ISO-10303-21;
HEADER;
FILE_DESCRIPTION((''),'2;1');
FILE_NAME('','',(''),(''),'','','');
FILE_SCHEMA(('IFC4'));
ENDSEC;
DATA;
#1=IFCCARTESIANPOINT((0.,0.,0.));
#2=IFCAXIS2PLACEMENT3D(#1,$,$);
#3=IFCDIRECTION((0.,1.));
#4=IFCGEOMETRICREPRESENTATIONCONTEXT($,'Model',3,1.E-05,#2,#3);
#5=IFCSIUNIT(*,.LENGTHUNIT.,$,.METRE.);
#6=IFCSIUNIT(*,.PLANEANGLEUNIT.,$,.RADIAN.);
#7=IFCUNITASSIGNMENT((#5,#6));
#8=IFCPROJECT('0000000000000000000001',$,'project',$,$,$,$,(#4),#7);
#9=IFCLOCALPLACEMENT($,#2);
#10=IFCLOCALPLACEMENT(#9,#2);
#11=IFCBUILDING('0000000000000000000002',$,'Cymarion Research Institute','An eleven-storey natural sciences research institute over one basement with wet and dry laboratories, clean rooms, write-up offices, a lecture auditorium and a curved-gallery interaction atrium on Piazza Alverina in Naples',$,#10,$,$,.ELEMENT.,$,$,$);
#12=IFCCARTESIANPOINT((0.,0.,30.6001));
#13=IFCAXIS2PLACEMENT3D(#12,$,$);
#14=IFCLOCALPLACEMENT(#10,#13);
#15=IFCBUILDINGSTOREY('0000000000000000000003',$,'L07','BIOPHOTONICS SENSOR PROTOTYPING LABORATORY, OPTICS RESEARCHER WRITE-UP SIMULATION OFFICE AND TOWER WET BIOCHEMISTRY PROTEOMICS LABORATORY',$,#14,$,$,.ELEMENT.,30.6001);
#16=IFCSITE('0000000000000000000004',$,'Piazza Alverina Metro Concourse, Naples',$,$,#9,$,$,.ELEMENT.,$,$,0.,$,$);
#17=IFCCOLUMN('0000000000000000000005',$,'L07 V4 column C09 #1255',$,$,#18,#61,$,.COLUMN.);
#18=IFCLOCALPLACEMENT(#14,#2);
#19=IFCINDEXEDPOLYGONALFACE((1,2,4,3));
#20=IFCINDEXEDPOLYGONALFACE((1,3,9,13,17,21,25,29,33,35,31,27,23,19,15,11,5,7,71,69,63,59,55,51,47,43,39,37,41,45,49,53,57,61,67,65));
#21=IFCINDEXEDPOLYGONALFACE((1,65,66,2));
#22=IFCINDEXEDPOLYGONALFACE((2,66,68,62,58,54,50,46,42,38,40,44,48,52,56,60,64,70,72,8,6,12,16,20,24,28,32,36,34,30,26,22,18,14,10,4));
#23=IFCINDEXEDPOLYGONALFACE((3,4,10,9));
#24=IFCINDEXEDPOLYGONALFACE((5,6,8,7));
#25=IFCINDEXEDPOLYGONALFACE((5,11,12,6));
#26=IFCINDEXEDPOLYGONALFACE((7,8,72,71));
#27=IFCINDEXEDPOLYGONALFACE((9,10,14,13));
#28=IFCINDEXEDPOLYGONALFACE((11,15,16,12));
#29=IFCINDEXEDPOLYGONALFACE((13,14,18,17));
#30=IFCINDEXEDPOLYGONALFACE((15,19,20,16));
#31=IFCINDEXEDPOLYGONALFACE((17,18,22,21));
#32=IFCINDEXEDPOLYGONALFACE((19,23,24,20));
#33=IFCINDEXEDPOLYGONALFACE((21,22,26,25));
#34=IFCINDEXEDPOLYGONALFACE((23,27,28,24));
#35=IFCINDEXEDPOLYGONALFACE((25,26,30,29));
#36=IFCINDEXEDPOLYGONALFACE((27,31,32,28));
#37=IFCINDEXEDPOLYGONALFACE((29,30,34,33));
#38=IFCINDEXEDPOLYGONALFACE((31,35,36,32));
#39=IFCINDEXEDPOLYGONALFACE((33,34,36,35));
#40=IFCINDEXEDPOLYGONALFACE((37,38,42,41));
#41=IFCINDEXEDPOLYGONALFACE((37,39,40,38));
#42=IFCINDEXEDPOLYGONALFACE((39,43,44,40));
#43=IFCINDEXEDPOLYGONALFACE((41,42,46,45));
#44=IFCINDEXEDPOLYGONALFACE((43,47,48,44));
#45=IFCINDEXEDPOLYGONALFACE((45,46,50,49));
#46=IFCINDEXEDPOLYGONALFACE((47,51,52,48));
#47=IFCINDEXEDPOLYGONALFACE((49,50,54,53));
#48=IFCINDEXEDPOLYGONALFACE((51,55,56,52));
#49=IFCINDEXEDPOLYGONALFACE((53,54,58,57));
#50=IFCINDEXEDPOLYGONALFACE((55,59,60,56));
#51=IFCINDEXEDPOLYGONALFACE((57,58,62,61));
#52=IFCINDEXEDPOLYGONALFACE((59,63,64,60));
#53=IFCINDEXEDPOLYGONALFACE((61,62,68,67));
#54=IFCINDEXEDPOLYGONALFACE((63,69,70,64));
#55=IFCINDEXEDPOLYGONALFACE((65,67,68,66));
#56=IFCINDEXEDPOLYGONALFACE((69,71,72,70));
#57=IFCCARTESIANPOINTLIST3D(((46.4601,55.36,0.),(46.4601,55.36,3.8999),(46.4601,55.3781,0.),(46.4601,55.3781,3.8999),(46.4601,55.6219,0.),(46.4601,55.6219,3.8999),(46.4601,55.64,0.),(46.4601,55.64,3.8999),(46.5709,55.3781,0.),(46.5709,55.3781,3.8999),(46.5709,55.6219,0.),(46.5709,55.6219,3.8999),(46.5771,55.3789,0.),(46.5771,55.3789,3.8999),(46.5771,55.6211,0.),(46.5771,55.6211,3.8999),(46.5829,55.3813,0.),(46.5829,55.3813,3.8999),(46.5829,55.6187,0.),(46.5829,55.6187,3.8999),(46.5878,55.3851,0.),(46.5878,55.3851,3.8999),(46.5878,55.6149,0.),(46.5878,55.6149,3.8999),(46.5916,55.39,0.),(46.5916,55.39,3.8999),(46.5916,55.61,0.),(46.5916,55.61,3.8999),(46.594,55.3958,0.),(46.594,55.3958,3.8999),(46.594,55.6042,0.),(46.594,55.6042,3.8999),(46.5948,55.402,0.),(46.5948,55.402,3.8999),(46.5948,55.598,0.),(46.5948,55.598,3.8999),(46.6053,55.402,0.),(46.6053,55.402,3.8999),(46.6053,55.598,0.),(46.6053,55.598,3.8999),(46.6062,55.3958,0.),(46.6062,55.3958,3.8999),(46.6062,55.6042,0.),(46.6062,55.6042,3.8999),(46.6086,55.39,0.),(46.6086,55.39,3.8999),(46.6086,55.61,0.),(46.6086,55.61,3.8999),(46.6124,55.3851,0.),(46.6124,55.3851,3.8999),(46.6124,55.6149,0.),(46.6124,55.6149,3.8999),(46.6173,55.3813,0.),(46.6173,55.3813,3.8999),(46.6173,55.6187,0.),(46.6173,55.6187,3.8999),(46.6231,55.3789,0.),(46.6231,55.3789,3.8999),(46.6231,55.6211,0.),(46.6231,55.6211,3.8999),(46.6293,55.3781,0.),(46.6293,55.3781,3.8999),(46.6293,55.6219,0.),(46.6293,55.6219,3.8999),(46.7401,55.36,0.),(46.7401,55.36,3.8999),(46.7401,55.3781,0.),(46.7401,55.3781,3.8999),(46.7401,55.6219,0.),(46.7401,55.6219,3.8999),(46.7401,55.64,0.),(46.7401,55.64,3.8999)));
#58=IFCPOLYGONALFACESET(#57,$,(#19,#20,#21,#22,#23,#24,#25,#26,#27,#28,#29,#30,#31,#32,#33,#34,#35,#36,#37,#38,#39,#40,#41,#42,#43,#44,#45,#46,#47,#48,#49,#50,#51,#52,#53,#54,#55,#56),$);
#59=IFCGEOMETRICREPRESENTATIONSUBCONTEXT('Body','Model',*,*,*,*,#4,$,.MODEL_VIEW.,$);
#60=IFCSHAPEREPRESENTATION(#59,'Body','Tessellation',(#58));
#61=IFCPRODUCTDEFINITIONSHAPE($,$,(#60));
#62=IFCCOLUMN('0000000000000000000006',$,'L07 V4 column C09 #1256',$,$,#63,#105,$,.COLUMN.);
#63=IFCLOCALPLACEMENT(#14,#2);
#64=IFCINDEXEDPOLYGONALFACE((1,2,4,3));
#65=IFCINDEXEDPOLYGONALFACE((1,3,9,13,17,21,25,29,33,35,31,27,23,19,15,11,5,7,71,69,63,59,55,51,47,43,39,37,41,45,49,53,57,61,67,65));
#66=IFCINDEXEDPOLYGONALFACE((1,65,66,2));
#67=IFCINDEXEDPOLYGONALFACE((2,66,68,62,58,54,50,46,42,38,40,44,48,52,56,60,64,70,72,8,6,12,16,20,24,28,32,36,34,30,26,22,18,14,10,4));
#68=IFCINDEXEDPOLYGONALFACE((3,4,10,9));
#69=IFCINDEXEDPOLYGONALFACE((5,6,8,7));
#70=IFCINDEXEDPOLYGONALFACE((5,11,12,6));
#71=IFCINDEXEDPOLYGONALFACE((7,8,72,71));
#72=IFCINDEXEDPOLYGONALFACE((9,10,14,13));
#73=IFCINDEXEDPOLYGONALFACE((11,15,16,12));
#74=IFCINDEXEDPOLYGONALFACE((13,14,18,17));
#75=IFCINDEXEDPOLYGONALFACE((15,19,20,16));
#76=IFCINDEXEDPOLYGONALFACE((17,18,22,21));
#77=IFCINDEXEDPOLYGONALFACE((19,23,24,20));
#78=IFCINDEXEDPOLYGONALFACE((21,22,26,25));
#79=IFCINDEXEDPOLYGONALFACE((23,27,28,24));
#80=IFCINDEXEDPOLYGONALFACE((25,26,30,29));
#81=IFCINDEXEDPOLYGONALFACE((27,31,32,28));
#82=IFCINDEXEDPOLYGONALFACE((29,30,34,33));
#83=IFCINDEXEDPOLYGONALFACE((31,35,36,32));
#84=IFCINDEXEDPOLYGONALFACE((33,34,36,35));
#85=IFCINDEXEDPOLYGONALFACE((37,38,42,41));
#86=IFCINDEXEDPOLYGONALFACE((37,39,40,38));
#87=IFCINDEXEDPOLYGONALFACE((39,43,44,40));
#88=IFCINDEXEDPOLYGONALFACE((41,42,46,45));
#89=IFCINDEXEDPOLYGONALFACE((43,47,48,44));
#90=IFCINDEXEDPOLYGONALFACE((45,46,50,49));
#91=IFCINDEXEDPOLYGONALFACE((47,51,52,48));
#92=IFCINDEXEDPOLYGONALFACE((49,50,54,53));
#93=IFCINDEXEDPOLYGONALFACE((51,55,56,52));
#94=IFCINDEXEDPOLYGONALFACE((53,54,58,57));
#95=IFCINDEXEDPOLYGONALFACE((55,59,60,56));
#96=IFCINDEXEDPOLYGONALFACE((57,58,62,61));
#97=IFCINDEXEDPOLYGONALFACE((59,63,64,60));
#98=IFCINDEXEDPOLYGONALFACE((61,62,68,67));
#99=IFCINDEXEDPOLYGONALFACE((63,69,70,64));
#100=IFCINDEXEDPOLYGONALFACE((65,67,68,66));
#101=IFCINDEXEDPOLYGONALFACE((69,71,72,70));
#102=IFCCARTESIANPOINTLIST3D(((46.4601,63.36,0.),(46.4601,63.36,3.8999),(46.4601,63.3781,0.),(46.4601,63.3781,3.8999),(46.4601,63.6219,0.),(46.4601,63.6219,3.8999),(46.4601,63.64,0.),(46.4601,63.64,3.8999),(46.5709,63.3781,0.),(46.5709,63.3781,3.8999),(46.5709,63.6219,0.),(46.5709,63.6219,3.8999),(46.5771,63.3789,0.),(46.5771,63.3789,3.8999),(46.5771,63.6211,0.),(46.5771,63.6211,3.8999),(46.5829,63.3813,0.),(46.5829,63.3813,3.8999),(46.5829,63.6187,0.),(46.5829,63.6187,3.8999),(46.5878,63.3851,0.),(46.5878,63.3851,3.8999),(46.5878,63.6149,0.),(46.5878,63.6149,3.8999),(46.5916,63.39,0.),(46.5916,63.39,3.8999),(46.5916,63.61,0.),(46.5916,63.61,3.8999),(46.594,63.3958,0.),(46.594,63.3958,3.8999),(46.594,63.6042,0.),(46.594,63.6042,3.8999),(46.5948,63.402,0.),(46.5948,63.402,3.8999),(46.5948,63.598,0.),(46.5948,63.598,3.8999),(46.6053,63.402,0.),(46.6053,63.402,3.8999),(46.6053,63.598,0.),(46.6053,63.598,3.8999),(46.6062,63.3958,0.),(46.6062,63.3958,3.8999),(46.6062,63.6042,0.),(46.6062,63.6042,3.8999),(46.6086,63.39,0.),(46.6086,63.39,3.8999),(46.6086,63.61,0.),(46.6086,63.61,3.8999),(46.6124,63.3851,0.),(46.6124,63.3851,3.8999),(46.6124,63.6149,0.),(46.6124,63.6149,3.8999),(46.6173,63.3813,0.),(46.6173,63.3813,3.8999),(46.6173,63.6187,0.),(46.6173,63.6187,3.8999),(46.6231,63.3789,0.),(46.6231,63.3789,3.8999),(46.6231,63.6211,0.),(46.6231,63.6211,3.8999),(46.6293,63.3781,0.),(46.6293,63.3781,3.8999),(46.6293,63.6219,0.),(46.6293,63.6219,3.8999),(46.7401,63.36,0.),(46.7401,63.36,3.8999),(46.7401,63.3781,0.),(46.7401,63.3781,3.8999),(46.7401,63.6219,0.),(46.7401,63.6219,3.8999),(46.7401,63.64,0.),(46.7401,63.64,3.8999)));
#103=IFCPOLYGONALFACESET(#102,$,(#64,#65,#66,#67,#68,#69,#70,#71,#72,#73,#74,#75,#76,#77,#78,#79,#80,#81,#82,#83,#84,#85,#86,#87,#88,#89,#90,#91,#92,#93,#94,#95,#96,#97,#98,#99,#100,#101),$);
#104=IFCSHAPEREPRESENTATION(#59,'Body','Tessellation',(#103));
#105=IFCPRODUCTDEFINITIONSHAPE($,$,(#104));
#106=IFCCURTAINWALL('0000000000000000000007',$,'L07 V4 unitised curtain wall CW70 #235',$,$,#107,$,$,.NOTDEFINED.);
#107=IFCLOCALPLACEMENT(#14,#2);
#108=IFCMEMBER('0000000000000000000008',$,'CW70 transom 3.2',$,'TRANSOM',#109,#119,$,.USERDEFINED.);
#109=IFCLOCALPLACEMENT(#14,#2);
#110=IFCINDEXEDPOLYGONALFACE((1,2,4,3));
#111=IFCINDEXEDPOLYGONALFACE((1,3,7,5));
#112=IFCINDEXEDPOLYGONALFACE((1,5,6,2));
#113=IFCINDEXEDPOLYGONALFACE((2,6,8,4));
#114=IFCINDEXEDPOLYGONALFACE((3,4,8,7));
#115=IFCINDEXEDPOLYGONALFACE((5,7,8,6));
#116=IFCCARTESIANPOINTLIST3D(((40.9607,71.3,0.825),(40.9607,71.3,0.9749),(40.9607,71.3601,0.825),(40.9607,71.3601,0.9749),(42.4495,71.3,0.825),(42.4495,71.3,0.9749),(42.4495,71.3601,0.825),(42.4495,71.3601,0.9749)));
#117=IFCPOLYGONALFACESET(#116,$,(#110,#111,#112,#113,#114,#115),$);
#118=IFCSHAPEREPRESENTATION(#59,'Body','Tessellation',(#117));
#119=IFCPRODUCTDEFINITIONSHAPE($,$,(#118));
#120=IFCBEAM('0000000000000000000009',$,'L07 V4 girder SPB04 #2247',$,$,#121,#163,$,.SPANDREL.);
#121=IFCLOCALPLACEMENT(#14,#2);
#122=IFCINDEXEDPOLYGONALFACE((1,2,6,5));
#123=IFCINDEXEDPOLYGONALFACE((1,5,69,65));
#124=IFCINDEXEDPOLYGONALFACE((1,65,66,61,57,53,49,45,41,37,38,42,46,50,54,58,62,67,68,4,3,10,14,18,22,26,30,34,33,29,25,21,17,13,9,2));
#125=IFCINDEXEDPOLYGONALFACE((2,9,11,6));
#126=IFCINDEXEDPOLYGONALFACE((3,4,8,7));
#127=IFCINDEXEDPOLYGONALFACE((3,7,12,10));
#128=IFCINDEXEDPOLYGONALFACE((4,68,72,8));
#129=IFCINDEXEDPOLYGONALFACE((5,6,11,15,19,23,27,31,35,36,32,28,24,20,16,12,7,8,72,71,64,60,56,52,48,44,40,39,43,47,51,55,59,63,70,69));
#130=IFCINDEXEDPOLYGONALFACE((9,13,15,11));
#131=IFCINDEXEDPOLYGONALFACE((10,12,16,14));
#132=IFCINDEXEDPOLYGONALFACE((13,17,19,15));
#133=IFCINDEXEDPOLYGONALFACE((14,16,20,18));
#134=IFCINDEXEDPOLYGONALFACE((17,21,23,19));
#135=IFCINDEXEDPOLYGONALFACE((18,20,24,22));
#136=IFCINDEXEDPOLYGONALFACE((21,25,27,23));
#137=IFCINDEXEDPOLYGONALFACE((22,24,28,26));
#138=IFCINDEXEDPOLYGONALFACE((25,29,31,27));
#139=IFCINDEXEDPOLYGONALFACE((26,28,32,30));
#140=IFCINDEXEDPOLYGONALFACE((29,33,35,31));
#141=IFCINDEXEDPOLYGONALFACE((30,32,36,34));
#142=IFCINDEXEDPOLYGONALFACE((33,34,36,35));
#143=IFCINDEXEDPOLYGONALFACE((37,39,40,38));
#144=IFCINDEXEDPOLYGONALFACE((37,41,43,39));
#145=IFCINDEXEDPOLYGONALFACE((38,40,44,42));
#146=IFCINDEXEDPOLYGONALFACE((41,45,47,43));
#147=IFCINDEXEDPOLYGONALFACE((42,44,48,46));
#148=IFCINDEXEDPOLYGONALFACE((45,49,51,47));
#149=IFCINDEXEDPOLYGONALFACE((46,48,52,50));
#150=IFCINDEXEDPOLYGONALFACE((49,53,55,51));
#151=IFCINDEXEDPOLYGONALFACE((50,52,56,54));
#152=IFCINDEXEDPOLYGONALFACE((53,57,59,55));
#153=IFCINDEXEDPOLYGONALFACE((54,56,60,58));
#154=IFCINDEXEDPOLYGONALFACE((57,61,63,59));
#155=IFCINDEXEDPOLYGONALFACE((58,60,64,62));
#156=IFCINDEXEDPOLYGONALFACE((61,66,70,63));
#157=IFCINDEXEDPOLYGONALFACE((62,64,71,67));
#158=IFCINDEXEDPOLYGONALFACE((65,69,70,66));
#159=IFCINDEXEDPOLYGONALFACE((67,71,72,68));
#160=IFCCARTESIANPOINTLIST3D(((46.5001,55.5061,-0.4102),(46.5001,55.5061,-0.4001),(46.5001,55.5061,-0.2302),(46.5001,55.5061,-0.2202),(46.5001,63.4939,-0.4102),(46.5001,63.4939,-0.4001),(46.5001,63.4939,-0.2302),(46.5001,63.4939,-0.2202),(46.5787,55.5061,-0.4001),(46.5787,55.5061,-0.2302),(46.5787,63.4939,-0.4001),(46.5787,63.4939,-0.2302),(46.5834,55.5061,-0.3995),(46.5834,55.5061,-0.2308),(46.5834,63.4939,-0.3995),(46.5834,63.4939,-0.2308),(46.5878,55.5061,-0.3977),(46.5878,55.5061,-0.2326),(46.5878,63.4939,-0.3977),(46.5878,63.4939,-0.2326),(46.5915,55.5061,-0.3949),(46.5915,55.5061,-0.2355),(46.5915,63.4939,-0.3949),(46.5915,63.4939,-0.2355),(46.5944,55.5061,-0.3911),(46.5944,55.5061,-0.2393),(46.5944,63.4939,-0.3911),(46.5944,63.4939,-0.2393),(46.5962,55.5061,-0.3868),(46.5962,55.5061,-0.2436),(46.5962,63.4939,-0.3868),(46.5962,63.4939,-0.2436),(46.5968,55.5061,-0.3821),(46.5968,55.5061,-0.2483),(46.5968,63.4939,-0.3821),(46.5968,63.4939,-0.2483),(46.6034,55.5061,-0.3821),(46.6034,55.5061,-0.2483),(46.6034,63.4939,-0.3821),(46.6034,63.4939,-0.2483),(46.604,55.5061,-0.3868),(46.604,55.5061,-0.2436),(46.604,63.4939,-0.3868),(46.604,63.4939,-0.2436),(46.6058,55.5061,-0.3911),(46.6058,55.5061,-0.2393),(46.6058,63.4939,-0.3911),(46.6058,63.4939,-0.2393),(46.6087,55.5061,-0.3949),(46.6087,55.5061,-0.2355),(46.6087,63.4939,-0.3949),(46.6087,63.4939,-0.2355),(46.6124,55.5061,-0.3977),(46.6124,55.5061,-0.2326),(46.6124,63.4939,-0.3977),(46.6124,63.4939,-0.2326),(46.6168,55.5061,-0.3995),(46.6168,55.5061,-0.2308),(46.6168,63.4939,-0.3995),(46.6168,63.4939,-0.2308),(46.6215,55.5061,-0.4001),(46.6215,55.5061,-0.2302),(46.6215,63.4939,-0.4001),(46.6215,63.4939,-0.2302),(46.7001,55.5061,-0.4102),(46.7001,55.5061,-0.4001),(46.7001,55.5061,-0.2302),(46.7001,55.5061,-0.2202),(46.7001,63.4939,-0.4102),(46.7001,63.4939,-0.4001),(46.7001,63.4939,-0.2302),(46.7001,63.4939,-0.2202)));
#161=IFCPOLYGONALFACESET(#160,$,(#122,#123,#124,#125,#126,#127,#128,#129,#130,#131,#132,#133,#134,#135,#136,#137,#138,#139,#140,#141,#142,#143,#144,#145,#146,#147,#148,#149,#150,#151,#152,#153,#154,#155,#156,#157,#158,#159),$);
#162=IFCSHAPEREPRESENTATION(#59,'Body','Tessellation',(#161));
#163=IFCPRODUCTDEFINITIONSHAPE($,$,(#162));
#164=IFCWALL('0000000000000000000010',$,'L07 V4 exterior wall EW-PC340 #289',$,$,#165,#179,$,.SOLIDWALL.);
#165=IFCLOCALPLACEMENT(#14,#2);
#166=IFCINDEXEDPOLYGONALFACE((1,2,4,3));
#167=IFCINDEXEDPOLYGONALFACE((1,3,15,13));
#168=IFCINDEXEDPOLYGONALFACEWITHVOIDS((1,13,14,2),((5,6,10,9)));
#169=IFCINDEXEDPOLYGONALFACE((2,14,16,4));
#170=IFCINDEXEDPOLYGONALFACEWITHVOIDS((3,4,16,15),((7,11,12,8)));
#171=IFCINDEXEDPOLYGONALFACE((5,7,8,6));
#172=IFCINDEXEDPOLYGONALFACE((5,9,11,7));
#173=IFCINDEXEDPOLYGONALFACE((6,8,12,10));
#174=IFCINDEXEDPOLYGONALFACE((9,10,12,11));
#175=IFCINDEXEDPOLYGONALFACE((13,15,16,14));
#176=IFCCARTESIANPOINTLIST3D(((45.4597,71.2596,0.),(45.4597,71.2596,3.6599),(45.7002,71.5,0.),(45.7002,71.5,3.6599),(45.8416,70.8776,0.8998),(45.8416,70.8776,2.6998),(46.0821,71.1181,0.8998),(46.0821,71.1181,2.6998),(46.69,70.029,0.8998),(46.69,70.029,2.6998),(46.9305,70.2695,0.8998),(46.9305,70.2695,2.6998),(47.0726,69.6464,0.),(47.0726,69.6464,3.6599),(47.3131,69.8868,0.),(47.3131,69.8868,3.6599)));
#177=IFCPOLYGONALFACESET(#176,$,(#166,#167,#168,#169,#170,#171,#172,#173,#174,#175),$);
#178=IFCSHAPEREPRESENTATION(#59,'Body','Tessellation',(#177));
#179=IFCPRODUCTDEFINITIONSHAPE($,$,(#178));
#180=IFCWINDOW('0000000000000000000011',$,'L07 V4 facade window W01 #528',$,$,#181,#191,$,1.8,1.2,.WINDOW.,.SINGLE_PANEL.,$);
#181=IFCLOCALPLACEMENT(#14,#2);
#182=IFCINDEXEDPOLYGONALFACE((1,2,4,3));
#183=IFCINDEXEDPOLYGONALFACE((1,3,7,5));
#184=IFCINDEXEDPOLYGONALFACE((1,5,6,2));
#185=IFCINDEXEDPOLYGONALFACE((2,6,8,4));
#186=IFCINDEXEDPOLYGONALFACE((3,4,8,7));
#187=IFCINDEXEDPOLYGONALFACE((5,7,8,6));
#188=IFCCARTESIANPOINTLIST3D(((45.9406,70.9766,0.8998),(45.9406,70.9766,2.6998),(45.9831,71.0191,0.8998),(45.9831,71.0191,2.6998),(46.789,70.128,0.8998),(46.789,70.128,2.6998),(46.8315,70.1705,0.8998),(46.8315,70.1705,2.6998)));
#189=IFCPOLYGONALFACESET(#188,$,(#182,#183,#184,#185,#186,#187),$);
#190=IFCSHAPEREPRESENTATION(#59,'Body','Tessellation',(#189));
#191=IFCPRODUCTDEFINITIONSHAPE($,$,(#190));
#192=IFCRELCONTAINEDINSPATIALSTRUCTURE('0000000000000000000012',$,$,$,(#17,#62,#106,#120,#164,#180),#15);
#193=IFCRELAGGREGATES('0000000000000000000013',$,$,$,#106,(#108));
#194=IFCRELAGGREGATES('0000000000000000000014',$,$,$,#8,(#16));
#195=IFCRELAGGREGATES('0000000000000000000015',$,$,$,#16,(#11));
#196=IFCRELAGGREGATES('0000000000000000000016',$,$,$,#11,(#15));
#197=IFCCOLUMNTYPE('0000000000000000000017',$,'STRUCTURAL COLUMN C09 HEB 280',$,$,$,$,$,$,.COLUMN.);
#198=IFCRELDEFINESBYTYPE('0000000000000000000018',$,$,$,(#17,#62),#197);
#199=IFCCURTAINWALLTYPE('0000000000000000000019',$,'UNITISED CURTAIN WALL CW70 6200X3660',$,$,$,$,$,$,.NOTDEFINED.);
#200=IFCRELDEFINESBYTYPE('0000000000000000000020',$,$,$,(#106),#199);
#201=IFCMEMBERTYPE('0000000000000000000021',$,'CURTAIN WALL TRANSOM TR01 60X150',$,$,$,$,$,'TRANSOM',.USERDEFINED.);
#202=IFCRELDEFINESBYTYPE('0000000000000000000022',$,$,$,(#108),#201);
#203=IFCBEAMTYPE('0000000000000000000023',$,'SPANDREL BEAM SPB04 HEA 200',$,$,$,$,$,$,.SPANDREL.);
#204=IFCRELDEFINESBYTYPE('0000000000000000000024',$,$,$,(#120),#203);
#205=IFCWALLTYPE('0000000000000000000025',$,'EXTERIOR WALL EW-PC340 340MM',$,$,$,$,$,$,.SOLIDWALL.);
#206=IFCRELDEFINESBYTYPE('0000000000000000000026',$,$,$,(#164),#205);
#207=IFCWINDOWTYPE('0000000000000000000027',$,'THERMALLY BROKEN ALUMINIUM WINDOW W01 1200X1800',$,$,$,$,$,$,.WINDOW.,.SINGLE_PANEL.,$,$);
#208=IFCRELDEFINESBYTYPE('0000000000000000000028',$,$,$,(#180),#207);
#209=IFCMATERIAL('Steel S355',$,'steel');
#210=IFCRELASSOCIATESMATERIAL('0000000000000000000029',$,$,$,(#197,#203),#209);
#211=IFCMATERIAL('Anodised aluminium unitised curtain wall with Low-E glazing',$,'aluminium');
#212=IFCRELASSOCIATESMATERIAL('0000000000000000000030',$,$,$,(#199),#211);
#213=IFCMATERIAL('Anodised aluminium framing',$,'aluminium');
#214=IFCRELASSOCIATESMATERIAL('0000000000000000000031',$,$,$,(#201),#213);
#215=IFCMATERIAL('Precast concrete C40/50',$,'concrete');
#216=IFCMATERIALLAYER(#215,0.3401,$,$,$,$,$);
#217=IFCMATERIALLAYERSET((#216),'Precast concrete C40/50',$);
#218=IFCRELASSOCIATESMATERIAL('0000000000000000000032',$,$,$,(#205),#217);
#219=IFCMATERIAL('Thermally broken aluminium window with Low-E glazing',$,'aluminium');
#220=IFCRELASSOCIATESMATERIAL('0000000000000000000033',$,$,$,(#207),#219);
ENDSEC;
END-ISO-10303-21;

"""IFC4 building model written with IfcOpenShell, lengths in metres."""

from ifc_helpers import new_model, si_unit, direction, frame, frame_2d, origin, origin_2d, place, context, subcontext, project, spatial, rectangle, i_section, extrude, material, layer, layer_set, material_profile, profile_set, type_object, element, fill, aggregate, save


model = new_model("IFC4")

# Units and contexts
model_context = context("Model", 3, precision=1e-05, world=origin(), true_north=direction((0.0, 1.0)))
body_context = subcontext(model_context, "Body", "Model", "MODEL_VIEW")
ifc_project = project(units=[si_unit("LENGTHUNIT", "METRE"), si_unit("PLANEANGLEUNIT", "RADIAN")], contexts=[model_context])

# Site, building, storey
site_placement = place(None, origin())
site = spatial("IfcSite", under=ifc_project, at=site_placement, Name="Piazza Alverina Metro Concourse, Naples", CompositionType="ELEMENT", RefElevation=0.0)
building_placement = place(site_placement, origin())
building = spatial("IfcBuilding", under=site, at=building_placement, Name="Cymarion Research Institute", Description="An eleven-storey natural sciences research institute over one basement with wet and dry laboratories, clean rooms, write-up offices, a lecture auditorium and a curved-gallery interaction atrium on Piazza Alverina in Naples", CompositionType="ELEMENT")
storey_placement = place(building_placement, frame((0.0, 0.0, 30.6001)))
storey = spatial("IfcBuildingStorey", under=building, at=storey_placement, Name="L07", Description="BIOPHOTONICS SENSOR PROTOTYPING LABORATORY, OPTICS RESEARCHER WRITE-UP SIMULATION OFFICE AND TOWER WET BIOCHEMISTRY PROTEOMICS LABORATORY", CompositionType="ELEMENT", Elevation=30.6001)

# Columns
ifc_material_1 = material(Name="Steel S355", Category="steel")
ifc_material_profile_1 = material_profile(ifc_material_1, i_section(OverallWidth=0.28, OverallDepth=0.28, WebThickness=0.0105, FlangeThickness=0.0181, FilletRadius=0.0239, at=origin_2d()), Name="HEB 280")
ifc_profile_set_1 = profile_set([ifc_material_profile_1], Name="Steel S355")
column_type = type_object("IfcColumnType", Name="STRUCTURAL COLUMN C09 HEB 280", PredefinedType="COLUMN", material=ifc_profile_set_1)
for number, where, z_axis, x_axis, name in (
    (1, (46.6001, 55.5, 0.0), (0.0, 0.0, 1.0), (1.0, 0.0, 0.0), "L07 V4 column C09 #1255"),
    (2, (46.6001, 63.5, 0.0), (0.0, 0.0, 1.0), (1.0, 0.0, 0.0), "L07 V4 column C09 #1256"),
):
    element("IfcColumn", number, at=place(storey_placement, frame(where, z_axis=z_axis, x_axis=x_axis)), inside=storey, type_object=column_type, Name=name, PredefinedType="COLUMN", context=body_context, shape_type="SweptSolid", body=[
        extrude(i_section(OverallWidth=0.28, OverallDepth=0.28, WebThickness=0.0105, FlangeThickness=0.0181, FilletRadius=0.0239, at=origin_2d()), origin(), (0.0, 0.0, 1.0), 3.8999),
    ])

# Curtain wall, member
ifc_material_2 = material(Name="Anodised aluminium unitised curtain wall with Low-E glazing", Category="aluminium")
curtain_wall_type = type_object("IfcCurtainWallType", Name="UNITISED CURTAIN WALL CW70 6200X3660", PredefinedType="NOTDEFINED", material=ifc_material_2)
curtain_wall_placement = place(storey_placement, origin())
curtain_wall = element("IfcCurtainWall", 3, at=curtain_wall_placement, inside=storey, type_object=curtain_wall_type, Name="L07 V4 unitised curtain wall CW70 #235", PredefinedType="NOTDEFINED")
ifc_material_3 = material(Name="Anodised aluminium framing", Category="aluminium")
ifc_material_profile_2 = material_profile(ifc_material_3, rectangle(XDim=0.0601, YDim=0.1499, at=origin_2d()), Name="ALU TRANSOM 60x150")
ifc_profile_set_2 = profile_set([ifc_material_profile_2], Name="Anodised aluminium framing")
member_type = type_object("IfcMemberType", Name="CURTAIN WALL TRANSOM TR01 60X150", ElementType="TRANSOM", PredefinedType="USERDEFINED", material=ifc_profile_set_2)
member_placement = place(storey_placement, frame((42.4495, 71.3301, 0.8999), z_axis=(-1.0, 0.0, 0.0), x_axis=(0.0, -1.0, 0.0)))
member = element("IfcMember", 4, at=member_placement, type_object=member_type, Name="CW70 transom 3.2", ObjectType="TRANSOM", PredefinedType="USERDEFINED", context=body_context, shape_type="SweptSolid", body=[
    extrude(rectangle(XDim=0.0601, YDim=0.1499, at=origin_2d()), origin(), (0.0, 0.0, 1.0), 1.4888),
])
aggregate(curtain_wall, [member])

# Beam
ifc_material_profile_3 = material_profile(ifc_material_1, i_section(OverallWidth=0.2, OverallDepth=0.1899, WebThickness=0.0066, FlangeThickness=0.01, FilletRadius=0.0181, at=origin_2d()), Name="HEA 200")
ifc_profile_set_3 = profile_set([ifc_material_profile_3], Name="Steel S355")
beam_type = type_object("IfcBeamType", Name="SPANDREL BEAM SPB04 HEA 200", PredefinedType="SPANDREL", material=ifc_profile_set_3)
beam_placement = place(storey_placement, frame((46.6001, 55.5061, -0.3152), z_axis=(0.0, 1.0, 0.0), x_axis=(-1.0, 0.0, 0.0)))
element("IfcBeam", 5, at=beam_placement, inside=storey, type_object=beam_type, Name="L07 V4 girder SPB04 #2247", PredefinedType="SPANDREL", context=body_context, shape_type="SweptSolid", body=[
    extrude(i_section(OverallWidth=0.2, OverallDepth=0.1899, WebThickness=0.0066, FlangeThickness=0.01, FilletRadius=0.0181, at=origin_2d()), origin(), (0.0, 0.0, 1.0), 7.9878),
])

# Wall, opening, window
ifc_material_4 = material(Name="Precast concrete C40/50", Category="concrete")
ifc_layer_1 = layer(ifc_material_4, 0.3401)
ifc_layer_set_1 = layer_set([ifc_layer_1], Name="Precast concrete C40/50")
wall_type = type_object("IfcWallType", Name="EXTERIOR WALL EW-PC340 340MM", PredefinedType="SOLIDWALL", material=ifc_layer_set_1)
wall_placement = place(storey_placement, frame((47.1929, 69.7666, 0.0), z_axis=(0.0, 0.0, 1.0), x_axis=(-0.707053, 0.70716, 0.0)))
wall = element("IfcWall", 6, at=wall_placement, inside=storey, type_object=wall_type, Name="L07 V4 exterior wall EW-PC340 #289", PredefinedType="SOLIDWALL", context=body_context, shape_type="SweptSolid", body=[
    extrude(rectangle(XDim=2.2812, YDim=0.3401, at=frame_2d((1.1406, 0.0))), origin(), (0.0, 0.0, 1.0), 3.6599),
])
opening_placement = place(wall_placement, frame((0.541, 0.0, 0.8999)))
opening = element("IfcOpeningElement", 7, at=opening_placement, cuts=wall, PredefinedType="OPENING", context=body_context, shape_type="SweptSolid", body=[
    extrude(rectangle(XDim=1.2, YDim=1.8, at=frame_2d((0.6001, 0.8999))), frame((0.0, 0.1799, 0.0), z_axis=(0.0, -1.0, 0.0), x_axis=(1.0, 0.0, 0.0)), (0.0, 0.0, 1.0), 0.3601),
])
ifc_material_5 = material(Name="Thermally broken aluminium window with Low-E glazing", Category="aluminium")
window_type = type_object("IfcWindowType", Name="THERMALLY BROKEN ALUMINIUM WINDOW W01 1200X1800", PartitioningType="SINGLE_PANEL", PredefinedType="WINDOW", material=ifc_material_5)
window_placement = place(opening_placement, origin())
window = element("IfcWindow", 8, at=window_placement, inside=storey, type_object=window_type, Name="L07 V4 facade window W01 #528", OverallHeight=1.8, OverallWidth=1.2, PartitioningType="SINGLE_PANEL", PredefinedType="WINDOW", context=body_context, shape_type="SweptSolid", body=[
    extrude(rectangle(XDim=1.2, YDim=1.8, at=frame_2d((0.6001, 0.8999))), frame((0.0, 0.03, 0.0), z_axis=(0.0, -1.0, 0.0), x_axis=(1.0, 0.0, 0.0)), (0.0, 0.0, 1.0), 0.0601),
])
fill(opening, window)

save(model, "model.ifc")
